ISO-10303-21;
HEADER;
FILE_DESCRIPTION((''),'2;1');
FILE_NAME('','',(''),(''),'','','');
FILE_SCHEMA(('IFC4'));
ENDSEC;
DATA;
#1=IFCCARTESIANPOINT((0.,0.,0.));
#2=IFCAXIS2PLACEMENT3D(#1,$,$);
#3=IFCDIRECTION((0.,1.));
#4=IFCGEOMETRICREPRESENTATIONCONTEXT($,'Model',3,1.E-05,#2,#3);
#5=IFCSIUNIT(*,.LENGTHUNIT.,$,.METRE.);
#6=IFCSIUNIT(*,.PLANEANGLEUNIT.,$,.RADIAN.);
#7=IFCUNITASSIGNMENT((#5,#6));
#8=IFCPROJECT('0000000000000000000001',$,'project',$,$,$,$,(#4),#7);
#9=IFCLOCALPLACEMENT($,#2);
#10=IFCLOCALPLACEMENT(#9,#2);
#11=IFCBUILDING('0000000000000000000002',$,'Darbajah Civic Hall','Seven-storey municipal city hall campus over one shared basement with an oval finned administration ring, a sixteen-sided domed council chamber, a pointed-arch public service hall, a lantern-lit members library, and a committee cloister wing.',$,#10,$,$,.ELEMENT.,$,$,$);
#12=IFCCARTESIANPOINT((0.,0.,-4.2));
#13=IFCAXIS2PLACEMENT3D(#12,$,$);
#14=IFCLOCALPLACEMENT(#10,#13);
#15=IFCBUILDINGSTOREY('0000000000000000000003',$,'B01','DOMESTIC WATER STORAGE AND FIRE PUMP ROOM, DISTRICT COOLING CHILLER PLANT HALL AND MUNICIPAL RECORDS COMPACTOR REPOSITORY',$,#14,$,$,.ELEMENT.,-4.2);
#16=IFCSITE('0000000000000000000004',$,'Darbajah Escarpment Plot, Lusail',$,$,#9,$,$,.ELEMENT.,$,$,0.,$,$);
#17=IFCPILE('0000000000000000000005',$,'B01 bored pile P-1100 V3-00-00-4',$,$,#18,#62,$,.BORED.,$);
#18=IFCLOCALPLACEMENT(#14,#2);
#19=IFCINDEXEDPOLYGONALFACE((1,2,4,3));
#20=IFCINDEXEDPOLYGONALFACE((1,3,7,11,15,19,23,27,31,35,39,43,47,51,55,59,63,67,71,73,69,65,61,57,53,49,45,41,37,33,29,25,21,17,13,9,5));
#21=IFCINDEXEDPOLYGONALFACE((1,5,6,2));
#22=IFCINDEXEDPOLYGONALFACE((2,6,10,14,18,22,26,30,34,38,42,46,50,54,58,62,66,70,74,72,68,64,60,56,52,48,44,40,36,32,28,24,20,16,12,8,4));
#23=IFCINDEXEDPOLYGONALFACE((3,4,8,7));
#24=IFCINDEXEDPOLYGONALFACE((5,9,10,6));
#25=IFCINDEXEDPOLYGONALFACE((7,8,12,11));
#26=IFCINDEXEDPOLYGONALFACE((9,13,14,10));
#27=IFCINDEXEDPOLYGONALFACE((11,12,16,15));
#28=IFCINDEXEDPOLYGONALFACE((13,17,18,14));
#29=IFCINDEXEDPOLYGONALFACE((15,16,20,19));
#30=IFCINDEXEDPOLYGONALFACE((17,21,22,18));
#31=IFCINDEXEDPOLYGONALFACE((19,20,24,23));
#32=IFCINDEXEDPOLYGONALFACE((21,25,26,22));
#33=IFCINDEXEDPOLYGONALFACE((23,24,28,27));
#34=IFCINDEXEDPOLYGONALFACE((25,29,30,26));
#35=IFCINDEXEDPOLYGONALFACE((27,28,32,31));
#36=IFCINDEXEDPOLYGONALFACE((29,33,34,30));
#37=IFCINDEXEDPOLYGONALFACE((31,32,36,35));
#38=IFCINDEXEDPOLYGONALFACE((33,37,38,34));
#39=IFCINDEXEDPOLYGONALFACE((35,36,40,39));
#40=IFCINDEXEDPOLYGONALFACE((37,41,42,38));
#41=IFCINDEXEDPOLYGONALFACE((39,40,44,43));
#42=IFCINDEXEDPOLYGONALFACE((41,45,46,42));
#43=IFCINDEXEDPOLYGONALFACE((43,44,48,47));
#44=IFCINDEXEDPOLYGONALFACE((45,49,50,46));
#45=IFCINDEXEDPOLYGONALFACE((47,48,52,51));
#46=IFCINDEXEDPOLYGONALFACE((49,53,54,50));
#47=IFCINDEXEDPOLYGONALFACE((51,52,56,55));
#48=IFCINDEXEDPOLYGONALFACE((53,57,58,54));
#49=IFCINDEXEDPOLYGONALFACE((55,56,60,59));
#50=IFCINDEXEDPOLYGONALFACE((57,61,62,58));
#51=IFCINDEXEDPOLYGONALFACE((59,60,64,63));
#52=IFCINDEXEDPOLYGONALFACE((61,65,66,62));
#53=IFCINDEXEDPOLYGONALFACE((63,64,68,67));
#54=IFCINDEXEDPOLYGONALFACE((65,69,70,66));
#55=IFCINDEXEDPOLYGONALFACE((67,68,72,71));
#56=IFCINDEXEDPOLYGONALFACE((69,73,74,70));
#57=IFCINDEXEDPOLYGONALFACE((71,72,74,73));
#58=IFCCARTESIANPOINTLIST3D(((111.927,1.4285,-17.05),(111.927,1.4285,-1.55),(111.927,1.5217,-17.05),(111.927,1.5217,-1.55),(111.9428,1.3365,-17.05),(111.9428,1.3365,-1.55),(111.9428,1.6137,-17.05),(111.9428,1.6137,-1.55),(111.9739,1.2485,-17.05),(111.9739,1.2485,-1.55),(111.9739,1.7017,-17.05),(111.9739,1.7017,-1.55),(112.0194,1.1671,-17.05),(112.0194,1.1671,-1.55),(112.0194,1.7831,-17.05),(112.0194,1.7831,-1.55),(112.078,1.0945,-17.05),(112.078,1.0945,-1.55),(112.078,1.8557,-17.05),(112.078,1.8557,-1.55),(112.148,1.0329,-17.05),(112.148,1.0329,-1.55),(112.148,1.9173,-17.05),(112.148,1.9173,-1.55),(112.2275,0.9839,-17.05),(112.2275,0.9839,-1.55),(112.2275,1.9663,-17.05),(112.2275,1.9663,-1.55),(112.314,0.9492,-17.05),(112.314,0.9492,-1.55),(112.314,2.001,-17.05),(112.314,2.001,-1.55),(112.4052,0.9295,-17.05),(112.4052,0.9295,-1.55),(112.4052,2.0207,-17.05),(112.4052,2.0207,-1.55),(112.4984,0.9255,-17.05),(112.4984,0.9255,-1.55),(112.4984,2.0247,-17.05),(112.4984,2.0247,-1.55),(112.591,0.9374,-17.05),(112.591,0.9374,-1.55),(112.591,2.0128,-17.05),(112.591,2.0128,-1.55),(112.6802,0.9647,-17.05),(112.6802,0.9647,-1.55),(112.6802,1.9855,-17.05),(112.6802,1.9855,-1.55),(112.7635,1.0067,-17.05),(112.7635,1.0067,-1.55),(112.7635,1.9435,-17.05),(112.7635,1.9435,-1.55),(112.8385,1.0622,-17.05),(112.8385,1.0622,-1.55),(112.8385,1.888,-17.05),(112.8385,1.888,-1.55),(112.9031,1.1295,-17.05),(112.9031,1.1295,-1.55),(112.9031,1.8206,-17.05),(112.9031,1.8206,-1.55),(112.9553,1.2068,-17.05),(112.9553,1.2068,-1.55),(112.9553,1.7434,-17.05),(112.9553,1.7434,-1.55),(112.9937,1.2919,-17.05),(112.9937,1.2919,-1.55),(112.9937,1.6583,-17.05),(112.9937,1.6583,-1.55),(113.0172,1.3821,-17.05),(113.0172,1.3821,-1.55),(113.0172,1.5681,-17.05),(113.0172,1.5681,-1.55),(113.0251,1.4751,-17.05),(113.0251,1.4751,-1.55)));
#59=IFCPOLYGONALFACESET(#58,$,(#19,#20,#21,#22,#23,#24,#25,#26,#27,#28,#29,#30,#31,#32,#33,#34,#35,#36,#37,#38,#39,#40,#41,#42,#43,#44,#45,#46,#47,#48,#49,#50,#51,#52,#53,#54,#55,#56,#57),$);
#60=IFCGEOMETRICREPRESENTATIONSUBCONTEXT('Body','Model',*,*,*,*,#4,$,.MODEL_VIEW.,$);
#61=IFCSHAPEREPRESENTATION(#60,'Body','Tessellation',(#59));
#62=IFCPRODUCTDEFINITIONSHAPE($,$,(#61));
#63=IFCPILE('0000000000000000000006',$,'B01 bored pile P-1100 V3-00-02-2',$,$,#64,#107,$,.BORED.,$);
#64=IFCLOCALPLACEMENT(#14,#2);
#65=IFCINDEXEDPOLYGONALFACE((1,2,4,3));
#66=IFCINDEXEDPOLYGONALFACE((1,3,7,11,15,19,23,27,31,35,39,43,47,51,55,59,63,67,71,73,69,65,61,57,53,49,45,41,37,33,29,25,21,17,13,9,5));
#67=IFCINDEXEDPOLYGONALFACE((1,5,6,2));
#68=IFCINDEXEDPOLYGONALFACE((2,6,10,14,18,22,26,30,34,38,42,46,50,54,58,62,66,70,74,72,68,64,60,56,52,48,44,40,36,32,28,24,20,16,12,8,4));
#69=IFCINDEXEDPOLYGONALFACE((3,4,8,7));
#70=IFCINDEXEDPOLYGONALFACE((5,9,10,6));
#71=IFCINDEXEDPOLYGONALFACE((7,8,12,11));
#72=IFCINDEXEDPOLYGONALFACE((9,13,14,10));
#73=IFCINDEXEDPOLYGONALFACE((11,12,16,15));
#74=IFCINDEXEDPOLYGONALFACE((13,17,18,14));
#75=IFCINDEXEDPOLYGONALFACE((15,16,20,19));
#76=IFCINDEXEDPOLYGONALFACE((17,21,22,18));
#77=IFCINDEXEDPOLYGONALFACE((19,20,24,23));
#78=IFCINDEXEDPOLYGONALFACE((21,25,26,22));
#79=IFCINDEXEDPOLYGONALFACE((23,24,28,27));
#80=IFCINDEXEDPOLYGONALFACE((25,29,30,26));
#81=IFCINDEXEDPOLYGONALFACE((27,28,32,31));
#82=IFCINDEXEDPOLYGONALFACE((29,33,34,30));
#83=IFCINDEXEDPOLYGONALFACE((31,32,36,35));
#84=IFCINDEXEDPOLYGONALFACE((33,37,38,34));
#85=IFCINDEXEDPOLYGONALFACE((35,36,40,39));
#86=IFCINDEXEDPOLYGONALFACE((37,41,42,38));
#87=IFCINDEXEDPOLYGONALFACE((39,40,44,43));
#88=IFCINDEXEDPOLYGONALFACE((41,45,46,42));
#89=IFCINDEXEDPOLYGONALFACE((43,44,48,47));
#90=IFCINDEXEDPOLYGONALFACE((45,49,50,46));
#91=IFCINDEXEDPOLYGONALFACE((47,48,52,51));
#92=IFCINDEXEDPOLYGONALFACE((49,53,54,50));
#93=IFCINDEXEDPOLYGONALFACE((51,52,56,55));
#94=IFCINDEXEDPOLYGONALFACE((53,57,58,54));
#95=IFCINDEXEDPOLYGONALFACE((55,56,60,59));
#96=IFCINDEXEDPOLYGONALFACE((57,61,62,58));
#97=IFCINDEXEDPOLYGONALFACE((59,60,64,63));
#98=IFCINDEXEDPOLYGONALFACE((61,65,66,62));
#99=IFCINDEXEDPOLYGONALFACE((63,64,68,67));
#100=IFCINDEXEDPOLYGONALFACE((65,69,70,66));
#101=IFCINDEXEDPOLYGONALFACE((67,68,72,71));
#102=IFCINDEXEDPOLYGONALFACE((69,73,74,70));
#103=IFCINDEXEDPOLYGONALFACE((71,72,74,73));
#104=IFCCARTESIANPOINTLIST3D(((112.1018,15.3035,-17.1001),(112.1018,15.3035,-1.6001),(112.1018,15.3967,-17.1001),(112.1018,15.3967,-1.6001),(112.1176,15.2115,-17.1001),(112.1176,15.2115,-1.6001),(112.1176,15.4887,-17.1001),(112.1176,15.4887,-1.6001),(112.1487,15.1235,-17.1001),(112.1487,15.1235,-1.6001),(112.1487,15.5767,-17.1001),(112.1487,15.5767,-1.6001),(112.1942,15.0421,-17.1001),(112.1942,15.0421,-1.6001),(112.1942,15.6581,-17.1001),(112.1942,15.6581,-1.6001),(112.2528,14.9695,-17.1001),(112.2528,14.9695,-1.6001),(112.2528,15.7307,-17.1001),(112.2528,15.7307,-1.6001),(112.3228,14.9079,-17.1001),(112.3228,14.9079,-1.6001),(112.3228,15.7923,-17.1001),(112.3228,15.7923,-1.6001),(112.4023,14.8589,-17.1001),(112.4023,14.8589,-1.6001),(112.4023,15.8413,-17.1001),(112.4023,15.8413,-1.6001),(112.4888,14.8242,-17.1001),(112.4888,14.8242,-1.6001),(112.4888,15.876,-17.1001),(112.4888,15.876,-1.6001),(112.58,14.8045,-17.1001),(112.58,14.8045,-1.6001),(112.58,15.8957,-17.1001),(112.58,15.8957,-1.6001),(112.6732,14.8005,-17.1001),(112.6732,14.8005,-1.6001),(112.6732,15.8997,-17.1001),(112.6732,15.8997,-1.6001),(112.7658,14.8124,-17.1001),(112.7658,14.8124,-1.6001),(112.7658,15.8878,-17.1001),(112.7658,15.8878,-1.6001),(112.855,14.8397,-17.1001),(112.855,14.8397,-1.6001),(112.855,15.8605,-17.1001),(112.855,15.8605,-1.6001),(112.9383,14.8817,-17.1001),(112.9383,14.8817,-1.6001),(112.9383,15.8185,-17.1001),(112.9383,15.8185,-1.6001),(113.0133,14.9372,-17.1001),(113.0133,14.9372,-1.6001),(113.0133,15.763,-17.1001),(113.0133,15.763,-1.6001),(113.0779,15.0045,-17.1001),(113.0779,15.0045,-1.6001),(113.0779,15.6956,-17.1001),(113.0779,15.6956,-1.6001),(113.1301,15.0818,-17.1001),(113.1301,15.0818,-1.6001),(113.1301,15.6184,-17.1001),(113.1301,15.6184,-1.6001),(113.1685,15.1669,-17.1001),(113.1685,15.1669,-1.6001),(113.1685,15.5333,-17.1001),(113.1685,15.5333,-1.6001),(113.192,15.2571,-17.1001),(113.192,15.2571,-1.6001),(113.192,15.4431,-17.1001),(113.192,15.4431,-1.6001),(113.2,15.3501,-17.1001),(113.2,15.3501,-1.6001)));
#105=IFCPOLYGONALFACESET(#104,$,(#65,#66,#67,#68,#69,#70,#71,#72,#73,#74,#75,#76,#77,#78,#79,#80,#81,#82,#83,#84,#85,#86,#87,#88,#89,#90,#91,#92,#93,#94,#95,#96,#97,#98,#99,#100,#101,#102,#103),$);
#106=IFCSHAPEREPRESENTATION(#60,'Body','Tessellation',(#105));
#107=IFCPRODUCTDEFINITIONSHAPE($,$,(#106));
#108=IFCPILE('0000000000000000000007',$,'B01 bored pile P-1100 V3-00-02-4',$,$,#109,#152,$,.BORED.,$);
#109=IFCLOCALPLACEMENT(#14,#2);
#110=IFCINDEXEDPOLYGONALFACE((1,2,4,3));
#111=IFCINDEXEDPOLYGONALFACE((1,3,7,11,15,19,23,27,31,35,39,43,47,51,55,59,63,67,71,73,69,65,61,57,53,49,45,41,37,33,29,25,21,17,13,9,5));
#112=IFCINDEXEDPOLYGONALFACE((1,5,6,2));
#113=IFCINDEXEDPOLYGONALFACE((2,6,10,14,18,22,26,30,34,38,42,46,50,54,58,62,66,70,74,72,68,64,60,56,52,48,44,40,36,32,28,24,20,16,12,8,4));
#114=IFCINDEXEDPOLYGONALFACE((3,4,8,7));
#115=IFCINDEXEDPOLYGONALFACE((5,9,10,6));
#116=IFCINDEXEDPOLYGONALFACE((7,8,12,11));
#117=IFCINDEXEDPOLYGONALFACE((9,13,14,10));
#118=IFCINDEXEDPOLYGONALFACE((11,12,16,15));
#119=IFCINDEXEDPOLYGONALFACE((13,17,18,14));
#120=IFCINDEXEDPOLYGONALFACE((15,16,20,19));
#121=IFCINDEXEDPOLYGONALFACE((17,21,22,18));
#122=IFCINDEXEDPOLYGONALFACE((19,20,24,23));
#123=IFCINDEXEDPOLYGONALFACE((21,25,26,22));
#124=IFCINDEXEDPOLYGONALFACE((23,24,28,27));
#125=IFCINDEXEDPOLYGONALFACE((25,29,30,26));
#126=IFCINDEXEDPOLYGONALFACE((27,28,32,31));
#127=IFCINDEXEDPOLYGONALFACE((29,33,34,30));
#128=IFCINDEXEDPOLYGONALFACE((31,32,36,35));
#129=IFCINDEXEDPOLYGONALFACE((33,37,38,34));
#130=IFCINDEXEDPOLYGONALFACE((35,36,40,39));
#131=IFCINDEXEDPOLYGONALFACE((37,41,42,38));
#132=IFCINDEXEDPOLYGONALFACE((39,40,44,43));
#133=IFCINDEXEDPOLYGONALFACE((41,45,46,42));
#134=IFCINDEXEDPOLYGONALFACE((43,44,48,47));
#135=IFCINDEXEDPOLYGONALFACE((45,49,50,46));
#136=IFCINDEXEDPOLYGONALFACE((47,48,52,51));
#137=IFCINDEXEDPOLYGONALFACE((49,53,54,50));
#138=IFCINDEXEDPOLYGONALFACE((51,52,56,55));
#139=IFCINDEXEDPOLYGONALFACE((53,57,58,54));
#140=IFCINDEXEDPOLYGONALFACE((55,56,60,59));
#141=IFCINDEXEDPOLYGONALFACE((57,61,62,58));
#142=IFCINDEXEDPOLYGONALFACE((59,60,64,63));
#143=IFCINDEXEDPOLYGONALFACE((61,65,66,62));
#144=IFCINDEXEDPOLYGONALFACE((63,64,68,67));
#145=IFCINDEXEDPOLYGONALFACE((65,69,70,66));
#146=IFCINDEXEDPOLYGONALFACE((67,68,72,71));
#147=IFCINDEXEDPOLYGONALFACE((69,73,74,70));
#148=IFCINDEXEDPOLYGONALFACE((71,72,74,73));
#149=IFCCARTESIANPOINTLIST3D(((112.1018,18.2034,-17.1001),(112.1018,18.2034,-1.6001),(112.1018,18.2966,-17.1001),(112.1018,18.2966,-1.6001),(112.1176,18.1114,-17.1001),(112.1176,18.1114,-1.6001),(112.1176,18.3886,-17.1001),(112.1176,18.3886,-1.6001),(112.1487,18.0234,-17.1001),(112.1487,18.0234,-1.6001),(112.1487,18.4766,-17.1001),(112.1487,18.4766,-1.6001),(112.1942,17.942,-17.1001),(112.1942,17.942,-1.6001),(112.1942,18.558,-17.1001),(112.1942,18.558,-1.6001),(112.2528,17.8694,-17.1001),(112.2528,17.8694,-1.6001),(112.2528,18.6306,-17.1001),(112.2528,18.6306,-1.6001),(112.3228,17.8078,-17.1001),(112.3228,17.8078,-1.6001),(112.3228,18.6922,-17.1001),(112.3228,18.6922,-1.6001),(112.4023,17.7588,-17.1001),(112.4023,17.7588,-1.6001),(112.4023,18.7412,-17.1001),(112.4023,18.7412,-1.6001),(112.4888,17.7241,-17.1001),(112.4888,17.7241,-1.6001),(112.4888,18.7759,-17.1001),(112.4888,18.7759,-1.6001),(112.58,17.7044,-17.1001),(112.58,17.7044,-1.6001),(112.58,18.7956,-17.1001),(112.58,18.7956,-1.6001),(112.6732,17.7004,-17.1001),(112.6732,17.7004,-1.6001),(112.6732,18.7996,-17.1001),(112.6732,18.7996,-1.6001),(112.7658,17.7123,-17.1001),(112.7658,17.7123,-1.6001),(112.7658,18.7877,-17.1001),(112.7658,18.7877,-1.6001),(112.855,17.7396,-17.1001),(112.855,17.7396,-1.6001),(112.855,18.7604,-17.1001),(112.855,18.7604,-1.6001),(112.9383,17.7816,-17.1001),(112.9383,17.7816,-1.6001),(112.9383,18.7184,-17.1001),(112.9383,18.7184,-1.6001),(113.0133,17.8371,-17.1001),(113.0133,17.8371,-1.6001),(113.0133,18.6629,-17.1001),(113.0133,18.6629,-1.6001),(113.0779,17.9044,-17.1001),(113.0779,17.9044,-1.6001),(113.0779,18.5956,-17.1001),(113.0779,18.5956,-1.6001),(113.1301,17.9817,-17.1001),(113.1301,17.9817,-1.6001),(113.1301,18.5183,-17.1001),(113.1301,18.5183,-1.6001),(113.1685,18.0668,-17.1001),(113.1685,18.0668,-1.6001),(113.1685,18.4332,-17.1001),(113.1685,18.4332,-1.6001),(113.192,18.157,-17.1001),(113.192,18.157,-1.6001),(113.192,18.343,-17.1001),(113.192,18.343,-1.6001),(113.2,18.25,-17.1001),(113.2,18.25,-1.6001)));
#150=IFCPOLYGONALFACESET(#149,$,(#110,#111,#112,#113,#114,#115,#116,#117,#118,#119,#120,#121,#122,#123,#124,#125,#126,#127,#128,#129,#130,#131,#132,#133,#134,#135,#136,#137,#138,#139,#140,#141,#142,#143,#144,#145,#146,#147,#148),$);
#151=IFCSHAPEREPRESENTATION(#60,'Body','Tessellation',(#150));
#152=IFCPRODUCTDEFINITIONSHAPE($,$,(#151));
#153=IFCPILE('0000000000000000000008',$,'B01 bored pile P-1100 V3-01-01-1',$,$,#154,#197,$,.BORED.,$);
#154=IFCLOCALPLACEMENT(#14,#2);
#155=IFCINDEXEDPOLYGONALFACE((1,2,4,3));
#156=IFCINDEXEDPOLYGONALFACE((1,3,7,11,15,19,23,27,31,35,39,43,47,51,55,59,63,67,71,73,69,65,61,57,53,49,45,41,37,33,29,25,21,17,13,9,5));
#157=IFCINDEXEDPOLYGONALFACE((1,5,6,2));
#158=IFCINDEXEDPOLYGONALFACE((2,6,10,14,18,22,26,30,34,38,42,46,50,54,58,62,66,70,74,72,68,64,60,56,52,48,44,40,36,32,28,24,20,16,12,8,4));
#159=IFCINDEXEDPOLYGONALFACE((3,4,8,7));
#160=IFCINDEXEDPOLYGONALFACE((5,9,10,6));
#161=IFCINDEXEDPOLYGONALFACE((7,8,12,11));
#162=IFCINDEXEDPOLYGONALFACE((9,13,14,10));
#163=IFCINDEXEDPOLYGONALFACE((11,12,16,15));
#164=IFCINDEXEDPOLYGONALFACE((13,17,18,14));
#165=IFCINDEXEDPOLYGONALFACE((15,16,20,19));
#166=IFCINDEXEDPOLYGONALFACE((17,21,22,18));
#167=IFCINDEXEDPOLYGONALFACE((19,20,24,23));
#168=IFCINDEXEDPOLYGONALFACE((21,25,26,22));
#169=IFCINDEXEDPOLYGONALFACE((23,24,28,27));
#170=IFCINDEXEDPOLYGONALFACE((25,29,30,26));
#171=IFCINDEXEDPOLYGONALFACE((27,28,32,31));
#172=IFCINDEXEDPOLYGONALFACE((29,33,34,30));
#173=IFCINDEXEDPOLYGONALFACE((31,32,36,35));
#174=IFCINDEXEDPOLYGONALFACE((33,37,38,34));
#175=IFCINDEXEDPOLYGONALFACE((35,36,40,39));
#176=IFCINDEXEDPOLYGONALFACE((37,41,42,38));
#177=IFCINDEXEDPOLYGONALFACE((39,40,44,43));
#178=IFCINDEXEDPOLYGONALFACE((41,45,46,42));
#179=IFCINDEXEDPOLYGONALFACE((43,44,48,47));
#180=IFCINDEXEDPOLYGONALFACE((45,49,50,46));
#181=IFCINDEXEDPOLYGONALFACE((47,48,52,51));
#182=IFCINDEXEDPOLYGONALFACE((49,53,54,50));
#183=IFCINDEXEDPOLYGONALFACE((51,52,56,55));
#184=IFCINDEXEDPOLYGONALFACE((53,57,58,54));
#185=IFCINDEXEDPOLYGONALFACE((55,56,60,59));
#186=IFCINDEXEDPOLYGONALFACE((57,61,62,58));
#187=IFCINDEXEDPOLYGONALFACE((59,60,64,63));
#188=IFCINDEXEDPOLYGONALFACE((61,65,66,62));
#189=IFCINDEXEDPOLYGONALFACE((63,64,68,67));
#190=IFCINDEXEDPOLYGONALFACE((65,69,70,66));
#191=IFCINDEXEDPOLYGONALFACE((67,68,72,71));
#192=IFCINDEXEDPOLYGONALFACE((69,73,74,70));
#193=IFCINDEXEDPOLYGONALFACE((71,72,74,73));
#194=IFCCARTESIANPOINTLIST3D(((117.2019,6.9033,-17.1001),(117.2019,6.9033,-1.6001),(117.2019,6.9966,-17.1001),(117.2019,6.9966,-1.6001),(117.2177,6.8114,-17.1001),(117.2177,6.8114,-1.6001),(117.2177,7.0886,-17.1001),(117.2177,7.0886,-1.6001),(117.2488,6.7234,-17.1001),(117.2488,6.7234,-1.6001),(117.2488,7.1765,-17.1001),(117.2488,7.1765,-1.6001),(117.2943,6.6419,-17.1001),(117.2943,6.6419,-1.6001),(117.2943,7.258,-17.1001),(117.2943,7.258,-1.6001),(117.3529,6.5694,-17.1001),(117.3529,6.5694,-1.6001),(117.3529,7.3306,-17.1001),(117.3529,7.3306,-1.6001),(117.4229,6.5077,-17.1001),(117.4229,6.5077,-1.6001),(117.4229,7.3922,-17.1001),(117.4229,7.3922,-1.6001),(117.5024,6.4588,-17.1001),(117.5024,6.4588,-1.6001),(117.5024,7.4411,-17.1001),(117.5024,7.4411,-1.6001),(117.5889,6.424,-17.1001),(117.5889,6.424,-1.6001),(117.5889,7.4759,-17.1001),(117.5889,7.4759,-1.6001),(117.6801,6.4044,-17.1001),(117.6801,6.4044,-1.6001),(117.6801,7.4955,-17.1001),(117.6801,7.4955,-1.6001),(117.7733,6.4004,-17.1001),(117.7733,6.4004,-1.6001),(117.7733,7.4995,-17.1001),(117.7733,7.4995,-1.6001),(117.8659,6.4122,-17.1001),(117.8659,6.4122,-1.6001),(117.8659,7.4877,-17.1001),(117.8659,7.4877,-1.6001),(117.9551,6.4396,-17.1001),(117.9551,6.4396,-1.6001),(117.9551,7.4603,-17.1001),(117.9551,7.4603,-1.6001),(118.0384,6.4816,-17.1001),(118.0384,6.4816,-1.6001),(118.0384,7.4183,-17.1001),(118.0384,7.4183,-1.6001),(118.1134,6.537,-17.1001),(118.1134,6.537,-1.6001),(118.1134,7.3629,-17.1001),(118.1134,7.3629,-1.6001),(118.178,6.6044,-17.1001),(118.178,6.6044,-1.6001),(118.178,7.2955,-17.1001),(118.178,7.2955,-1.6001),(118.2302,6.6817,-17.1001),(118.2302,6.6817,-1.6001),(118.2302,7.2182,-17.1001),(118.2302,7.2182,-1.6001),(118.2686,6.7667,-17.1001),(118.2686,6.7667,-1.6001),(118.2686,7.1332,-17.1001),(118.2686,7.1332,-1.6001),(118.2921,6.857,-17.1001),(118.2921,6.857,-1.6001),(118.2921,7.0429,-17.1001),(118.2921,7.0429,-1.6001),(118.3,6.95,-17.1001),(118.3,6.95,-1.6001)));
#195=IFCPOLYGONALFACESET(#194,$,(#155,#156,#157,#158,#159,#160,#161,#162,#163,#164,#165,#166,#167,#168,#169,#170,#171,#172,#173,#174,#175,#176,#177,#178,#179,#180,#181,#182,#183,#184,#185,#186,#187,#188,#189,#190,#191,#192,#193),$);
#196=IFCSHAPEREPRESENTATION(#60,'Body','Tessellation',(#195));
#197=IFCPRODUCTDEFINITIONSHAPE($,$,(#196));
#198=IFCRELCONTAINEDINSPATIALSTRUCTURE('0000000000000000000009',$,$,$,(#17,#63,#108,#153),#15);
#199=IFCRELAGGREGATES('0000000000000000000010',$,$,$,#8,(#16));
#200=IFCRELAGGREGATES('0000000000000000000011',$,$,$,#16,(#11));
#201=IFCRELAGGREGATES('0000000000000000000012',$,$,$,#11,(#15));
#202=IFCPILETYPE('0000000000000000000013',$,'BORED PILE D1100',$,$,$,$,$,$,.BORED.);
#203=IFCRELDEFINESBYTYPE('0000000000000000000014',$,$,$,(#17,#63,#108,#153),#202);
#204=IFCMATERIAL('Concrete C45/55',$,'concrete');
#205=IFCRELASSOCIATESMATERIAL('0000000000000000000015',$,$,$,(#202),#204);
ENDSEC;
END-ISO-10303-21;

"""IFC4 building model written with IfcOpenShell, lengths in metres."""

from ifc_helpers import new_model, si_unit, direction, frame, origin, origin_2d, place, context, subcontext, project, spatial, circle, extrude, material, material_profile, profile_set, type_object, element, save


model = new_model("IFC4")

# Units and contexts
model_context = context("Model", 3, precision=1e-05, world=origin(), true_north=direction((0.0, 1.0)))
body_context = subcontext(model_context, "Body", "Model", "MODEL_VIEW")
ifc_project = project(units=[si_unit("LENGTHUNIT", "METRE"), si_unit("PLANEANGLEUNIT", "RADIAN")], contexts=[model_context])

# Site, building, storey
site_placement = place(None, origin())
site = spatial("IfcSite", under=ifc_project, at=site_placement, Name="Darbajah Escarpment Plot, Lusail", CompositionType="ELEMENT", RefElevation=0.0)
building_placement = place(site_placement, origin())
building = spatial("IfcBuilding", under=site, at=building_placement, Name="Darbajah Civic Hall", Description="Seven-storey municipal city hall campus over one shared basement with an oval finned administration ring, a sixteen-sided domed council chamber, a pointed-arch public service hall, a lantern-lit members library, and a committee cloister wing.", CompositionType="ELEMENT")
storey_placement = place(building_placement, frame((0.0, 0.0, -4.2)))
storey = spatial("IfcBuildingStorey", under=building, at=storey_placement, Name="B01", Description="DOMESTIC WATER STORAGE AND FIRE PUMP ROOM, DISTRICT COOLING CHILLER PLANT HALL AND MUNICIPAL RECORDS COMPACTOR REPOSITORY", CompositionType="ELEMENT", Elevation=-4.2)

# Piles
ifc_material_1 = material(Name="Concrete C45/55", Category="concrete")
ifc_material_profile_1 = material_profile(ifc_material_1, circle(Radius=0.55, at=origin_2d()), Name="BORED PILE D1100")
ifc_profile_set_1 = profile_set([ifc_material_profile_1], Name="Concrete C45/55")
pile_type_1 = type_object("IfcPileType", Name="BORED PILE D1100", PredefinedType="BORED", material=ifc_profile_set_1)
for number, where, z_axis, x_axis, name in (
    (1, (112.4751, 1.4751, -1.55), (0.0, 0.0, -1.0), (1.0, 0.0, 0.0), "B01 bored pile P-1100 V3-00-00-4"),
    (2, (112.6499, 15.3501, -1.6001), (0.0, 0.0, -1.0), (1.0, 0.0, 0.0), "B01 bored pile P-1100 V3-00-02-2"),
    (3, (112.6499, 18.25, -1.6001), (0.0, 0.0, -1.0), (1.0, 0.0, 0.0), "B01 bored pile P-1100 V3-00-02-4"),
    (4, (117.75, 6.95, -1.6001), (0.0, 0.0, -1.0), (1.0, 0.0, 0.0), "B01 bored pile P-1100 V3-01-01-1"),
):
    element("IfcPile", number, at=place(storey_placement, frame(where, z_axis=z_axis, x_axis=x_axis)), inside=storey, type_object=pile_type_1, Name=name, PredefinedType="BORED", context=body_context, shape_type="SweptSolid", body=[
        extrude(circle(Radius=0.55, at=origin_2d()), origin(), (0.0, 0.0, 1.0), 15.5),
    ])

save(model, "model.ifc")
